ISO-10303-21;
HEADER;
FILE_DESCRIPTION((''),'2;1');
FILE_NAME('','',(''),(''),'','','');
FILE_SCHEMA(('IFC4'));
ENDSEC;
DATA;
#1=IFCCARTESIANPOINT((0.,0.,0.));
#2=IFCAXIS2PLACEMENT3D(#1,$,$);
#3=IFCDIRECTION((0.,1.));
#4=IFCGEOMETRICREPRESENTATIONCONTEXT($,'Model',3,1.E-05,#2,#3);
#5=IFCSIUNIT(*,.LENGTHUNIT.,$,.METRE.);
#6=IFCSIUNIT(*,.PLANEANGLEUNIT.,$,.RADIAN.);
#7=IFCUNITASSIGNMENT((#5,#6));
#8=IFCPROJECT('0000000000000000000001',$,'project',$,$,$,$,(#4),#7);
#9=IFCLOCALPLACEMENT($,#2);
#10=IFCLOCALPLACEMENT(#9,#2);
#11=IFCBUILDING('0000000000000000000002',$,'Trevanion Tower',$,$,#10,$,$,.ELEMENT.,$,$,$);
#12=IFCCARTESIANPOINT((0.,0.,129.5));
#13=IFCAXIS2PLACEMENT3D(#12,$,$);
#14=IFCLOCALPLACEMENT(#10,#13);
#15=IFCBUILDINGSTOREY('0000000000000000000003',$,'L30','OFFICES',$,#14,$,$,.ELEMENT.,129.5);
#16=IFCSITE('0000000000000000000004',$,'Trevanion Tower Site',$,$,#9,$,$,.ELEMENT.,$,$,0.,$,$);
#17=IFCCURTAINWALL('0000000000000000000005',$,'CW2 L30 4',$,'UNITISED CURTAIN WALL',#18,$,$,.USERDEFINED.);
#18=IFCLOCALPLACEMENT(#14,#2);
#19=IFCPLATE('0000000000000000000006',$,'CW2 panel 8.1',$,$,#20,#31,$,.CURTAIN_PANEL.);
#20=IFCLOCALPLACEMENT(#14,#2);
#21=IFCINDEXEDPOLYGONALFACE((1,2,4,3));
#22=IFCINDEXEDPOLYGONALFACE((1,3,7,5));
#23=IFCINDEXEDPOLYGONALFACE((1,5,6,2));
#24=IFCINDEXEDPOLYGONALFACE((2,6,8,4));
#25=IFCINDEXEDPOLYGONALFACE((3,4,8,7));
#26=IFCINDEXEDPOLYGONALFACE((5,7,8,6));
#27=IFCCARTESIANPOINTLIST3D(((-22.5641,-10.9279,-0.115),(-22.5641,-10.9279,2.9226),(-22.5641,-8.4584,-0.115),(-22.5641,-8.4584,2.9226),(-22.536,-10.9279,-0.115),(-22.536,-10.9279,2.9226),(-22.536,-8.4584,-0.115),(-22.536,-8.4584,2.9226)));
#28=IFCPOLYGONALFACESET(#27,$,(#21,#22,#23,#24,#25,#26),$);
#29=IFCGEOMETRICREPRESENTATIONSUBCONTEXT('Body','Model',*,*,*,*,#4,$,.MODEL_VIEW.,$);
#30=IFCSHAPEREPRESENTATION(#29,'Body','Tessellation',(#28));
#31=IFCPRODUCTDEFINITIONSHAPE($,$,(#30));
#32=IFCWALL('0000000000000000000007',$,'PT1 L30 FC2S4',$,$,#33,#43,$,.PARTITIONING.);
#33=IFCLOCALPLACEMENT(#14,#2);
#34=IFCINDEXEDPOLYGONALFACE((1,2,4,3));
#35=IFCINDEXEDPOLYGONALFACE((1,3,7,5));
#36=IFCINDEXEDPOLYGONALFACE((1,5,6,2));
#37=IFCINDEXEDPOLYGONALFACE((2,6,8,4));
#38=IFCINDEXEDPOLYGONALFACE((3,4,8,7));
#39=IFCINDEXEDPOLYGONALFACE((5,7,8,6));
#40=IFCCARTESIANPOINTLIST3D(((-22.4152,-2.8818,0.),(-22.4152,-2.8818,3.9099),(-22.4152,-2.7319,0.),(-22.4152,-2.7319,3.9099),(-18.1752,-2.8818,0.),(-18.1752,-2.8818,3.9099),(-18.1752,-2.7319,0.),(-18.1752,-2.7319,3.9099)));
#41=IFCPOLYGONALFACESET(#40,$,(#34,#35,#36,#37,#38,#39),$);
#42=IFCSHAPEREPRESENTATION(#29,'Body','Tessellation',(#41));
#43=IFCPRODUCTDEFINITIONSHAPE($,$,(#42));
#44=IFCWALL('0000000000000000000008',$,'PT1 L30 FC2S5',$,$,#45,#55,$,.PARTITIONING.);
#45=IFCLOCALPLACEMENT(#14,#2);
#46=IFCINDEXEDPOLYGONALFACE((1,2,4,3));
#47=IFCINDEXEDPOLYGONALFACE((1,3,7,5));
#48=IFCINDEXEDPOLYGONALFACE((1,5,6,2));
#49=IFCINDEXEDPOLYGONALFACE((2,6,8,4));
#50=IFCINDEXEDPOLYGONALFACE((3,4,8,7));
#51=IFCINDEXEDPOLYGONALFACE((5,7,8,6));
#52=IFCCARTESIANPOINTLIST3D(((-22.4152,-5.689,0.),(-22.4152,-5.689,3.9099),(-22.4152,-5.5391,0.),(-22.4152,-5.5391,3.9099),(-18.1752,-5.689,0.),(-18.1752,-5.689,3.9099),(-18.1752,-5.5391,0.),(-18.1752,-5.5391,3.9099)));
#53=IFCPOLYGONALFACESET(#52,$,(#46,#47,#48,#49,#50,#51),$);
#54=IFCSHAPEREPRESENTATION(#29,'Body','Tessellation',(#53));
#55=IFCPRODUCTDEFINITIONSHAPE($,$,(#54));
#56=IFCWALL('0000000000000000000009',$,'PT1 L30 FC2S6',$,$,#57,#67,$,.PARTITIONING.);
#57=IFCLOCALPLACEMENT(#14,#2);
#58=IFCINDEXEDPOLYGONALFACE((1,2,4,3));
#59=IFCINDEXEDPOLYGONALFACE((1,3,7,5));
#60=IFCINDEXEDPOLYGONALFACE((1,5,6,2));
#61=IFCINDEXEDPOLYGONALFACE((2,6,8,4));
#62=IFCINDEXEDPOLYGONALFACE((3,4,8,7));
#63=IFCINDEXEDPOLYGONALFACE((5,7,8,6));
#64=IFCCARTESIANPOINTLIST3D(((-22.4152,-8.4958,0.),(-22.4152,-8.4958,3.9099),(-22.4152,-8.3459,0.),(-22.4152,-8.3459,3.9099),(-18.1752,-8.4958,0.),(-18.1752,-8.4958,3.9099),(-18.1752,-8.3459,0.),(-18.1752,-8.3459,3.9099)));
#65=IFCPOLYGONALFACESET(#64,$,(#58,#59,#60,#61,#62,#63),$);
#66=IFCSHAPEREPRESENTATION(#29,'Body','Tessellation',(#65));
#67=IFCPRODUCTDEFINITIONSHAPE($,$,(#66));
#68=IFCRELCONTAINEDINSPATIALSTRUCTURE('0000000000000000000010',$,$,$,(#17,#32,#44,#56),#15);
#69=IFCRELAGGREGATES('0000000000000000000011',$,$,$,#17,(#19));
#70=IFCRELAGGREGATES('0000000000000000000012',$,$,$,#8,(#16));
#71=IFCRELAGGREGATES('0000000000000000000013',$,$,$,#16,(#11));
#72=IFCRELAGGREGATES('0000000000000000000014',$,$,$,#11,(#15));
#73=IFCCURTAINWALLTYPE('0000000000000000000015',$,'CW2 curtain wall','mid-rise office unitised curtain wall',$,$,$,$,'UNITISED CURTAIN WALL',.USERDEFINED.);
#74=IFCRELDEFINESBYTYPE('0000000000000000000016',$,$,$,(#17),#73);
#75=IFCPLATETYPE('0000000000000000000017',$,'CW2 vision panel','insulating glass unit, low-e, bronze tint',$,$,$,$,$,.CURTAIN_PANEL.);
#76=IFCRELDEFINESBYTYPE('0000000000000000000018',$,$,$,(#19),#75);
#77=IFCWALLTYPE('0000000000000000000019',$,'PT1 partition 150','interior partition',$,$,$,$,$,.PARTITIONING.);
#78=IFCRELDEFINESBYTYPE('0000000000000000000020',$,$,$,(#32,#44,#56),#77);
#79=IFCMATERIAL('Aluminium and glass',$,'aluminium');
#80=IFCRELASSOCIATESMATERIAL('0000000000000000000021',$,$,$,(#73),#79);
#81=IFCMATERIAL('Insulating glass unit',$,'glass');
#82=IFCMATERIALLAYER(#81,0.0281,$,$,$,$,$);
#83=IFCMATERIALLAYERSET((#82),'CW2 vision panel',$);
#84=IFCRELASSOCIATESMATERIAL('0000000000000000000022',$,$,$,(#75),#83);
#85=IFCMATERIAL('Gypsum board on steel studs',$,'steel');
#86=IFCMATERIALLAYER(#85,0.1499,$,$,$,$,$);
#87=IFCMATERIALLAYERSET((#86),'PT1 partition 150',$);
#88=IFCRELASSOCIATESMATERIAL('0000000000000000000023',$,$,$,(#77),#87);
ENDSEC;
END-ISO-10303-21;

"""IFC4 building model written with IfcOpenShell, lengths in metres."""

from ifc_helpers import new_model, si_unit, direction, frame, frame_2d, origin, origin_2d, place, context, subcontext, project, spatial, rectangle, extrude, material, layer, layer_set, type_object, element, aggregate, save


model = new_model("IFC4")

# Units and contexts
model_context = context("Model", 3, precision=1e-05, world=origin(), true_north=direction((0.0, 1.0)))
body_context = subcontext(model_context, "Body", "Model", "MODEL_VIEW")
ifc_project = project(units=[si_unit("LENGTHUNIT", "METRE"), si_unit("PLANEANGLEUNIT", "RADIAN")], contexts=[model_context])

# Site, building, storey
site_placement = place(None, origin())
site = spatial("IfcSite", under=ifc_project, at=site_placement, Name="Trevanion Tower Site", CompositionType="ELEMENT", RefElevation=0.0)
building_placement = place(site_placement, origin())
building = spatial("IfcBuilding", under=site, at=building_placement, Name="Trevanion Tower", CompositionType="ELEMENT")
storey_placement = place(building_placement, frame((0.0, 0.0, 129.5)))
storey = spatial("IfcBuildingStorey", under=building, at=storey_placement, Name="L30", Description="OFFICES", CompositionType="ELEMENT", Elevation=129.5)

# Curtain wall
ifc_material_1 = material(Name="Aluminium and glass", Category="aluminium")
curtain_wall_type = type_object("IfcCurtainWallType", Name="CW2 curtain wall", Description="mid-rise office unitised curtain wall", ElementType="UNITISED CURTAIN WALL", PredefinedType="USERDEFINED", material=ifc_material_1)
curtain_wall_1_placement = place(storey_placement, origin())
curtain_wall_1 = element("IfcCurtainWall", 1, at=curtain_wall_1_placement, inside=storey, type_object=curtain_wall_type, Name="CW2 L30 4", ObjectType="UNITISED CURTAIN WALL", PredefinedType="USERDEFINED")

# Plate
ifc_material_2 = material(Name="Insulating glass unit", Category="glass")
ifc_layer_1 = layer(ifc_material_2, 0.0281)
ifc_layer_set_1 = layer_set([ifc_layer_1], Name="CW2 vision panel")
plate_type_1 = type_object("IfcPlateType", Name="CW2 vision panel", Description="insulating glass unit, low-e, bronze tint", PredefinedType="CURTAIN_PANEL", material=ifc_layer_set_1)
plate_1_placement = place(storey_placement, frame((-22.55, -9.6931, -0.115), z_axis=(0.0, 0.0, 1.0), x_axis=(0.0, -1.0, 0.0)))
plate_1 = element("IfcPlate", 2, at=plate_1_placement, type_object=plate_type_1, Name="CW2 panel 8.1", PredefinedType="CURTAIN_PANEL", context=body_context, shape_type="SweptSolid", body=[
    extrude(rectangle(XDim=2.4695, YDim=0.0281, at=origin_2d()), origin(), (0.0, 0.0, 1.0), 3.0376),
])
aggregate(curtain_wall_1, [plate_1])

# Walls
ifc_material_3 = material(Name="Gypsum board on steel studs", Category="steel")
ifc_layer_2 = layer(ifc_material_3, 0.1499)
ifc_layer_set_2 = layer_set([ifc_layer_2], Name="PT1 partition 150")
wall_type = type_object("IfcWallType", Name="PT1 partition 150", Description="interior partition", PredefinedType="PARTITIONING", material=ifc_layer_set_2)
for number, where, z_axis, x_axis, name in (
    (3, (-18.175, -2.8069, 0.0), (0.0, 0.0, 1.0), (-1.0, 0.0, 0.0), "PT1 L30 FC2S4"),
    (4, (-18.175, -5.614, 0.0), (0.0, 0.0, 1.0), (-1.0, 0.0, 0.0), "PT1 L30 FC2S5"),
    (5, (-18.175, -8.4209, 0.0), (0.0, 0.0, 1.0), (-1.0, 0.0, 0.0), "PT1 L30 FC2S6"),
):
    element("IfcWall", number, at=place(storey_placement, frame(where, z_axis=z_axis, x_axis=x_axis)), inside=storey, type_object=wall_type, Name=name, PredefinedType="PARTITIONING", context=body_context, shape_type="SweptSolid", body=[
        extrude(rectangle(XDim=4.24, YDim=0.1499, at=frame_2d((2.1201, 0.0))), origin(), (0.0, 0.0, 1.0), 3.9099),
    ])

save(model, "model.ifc")
